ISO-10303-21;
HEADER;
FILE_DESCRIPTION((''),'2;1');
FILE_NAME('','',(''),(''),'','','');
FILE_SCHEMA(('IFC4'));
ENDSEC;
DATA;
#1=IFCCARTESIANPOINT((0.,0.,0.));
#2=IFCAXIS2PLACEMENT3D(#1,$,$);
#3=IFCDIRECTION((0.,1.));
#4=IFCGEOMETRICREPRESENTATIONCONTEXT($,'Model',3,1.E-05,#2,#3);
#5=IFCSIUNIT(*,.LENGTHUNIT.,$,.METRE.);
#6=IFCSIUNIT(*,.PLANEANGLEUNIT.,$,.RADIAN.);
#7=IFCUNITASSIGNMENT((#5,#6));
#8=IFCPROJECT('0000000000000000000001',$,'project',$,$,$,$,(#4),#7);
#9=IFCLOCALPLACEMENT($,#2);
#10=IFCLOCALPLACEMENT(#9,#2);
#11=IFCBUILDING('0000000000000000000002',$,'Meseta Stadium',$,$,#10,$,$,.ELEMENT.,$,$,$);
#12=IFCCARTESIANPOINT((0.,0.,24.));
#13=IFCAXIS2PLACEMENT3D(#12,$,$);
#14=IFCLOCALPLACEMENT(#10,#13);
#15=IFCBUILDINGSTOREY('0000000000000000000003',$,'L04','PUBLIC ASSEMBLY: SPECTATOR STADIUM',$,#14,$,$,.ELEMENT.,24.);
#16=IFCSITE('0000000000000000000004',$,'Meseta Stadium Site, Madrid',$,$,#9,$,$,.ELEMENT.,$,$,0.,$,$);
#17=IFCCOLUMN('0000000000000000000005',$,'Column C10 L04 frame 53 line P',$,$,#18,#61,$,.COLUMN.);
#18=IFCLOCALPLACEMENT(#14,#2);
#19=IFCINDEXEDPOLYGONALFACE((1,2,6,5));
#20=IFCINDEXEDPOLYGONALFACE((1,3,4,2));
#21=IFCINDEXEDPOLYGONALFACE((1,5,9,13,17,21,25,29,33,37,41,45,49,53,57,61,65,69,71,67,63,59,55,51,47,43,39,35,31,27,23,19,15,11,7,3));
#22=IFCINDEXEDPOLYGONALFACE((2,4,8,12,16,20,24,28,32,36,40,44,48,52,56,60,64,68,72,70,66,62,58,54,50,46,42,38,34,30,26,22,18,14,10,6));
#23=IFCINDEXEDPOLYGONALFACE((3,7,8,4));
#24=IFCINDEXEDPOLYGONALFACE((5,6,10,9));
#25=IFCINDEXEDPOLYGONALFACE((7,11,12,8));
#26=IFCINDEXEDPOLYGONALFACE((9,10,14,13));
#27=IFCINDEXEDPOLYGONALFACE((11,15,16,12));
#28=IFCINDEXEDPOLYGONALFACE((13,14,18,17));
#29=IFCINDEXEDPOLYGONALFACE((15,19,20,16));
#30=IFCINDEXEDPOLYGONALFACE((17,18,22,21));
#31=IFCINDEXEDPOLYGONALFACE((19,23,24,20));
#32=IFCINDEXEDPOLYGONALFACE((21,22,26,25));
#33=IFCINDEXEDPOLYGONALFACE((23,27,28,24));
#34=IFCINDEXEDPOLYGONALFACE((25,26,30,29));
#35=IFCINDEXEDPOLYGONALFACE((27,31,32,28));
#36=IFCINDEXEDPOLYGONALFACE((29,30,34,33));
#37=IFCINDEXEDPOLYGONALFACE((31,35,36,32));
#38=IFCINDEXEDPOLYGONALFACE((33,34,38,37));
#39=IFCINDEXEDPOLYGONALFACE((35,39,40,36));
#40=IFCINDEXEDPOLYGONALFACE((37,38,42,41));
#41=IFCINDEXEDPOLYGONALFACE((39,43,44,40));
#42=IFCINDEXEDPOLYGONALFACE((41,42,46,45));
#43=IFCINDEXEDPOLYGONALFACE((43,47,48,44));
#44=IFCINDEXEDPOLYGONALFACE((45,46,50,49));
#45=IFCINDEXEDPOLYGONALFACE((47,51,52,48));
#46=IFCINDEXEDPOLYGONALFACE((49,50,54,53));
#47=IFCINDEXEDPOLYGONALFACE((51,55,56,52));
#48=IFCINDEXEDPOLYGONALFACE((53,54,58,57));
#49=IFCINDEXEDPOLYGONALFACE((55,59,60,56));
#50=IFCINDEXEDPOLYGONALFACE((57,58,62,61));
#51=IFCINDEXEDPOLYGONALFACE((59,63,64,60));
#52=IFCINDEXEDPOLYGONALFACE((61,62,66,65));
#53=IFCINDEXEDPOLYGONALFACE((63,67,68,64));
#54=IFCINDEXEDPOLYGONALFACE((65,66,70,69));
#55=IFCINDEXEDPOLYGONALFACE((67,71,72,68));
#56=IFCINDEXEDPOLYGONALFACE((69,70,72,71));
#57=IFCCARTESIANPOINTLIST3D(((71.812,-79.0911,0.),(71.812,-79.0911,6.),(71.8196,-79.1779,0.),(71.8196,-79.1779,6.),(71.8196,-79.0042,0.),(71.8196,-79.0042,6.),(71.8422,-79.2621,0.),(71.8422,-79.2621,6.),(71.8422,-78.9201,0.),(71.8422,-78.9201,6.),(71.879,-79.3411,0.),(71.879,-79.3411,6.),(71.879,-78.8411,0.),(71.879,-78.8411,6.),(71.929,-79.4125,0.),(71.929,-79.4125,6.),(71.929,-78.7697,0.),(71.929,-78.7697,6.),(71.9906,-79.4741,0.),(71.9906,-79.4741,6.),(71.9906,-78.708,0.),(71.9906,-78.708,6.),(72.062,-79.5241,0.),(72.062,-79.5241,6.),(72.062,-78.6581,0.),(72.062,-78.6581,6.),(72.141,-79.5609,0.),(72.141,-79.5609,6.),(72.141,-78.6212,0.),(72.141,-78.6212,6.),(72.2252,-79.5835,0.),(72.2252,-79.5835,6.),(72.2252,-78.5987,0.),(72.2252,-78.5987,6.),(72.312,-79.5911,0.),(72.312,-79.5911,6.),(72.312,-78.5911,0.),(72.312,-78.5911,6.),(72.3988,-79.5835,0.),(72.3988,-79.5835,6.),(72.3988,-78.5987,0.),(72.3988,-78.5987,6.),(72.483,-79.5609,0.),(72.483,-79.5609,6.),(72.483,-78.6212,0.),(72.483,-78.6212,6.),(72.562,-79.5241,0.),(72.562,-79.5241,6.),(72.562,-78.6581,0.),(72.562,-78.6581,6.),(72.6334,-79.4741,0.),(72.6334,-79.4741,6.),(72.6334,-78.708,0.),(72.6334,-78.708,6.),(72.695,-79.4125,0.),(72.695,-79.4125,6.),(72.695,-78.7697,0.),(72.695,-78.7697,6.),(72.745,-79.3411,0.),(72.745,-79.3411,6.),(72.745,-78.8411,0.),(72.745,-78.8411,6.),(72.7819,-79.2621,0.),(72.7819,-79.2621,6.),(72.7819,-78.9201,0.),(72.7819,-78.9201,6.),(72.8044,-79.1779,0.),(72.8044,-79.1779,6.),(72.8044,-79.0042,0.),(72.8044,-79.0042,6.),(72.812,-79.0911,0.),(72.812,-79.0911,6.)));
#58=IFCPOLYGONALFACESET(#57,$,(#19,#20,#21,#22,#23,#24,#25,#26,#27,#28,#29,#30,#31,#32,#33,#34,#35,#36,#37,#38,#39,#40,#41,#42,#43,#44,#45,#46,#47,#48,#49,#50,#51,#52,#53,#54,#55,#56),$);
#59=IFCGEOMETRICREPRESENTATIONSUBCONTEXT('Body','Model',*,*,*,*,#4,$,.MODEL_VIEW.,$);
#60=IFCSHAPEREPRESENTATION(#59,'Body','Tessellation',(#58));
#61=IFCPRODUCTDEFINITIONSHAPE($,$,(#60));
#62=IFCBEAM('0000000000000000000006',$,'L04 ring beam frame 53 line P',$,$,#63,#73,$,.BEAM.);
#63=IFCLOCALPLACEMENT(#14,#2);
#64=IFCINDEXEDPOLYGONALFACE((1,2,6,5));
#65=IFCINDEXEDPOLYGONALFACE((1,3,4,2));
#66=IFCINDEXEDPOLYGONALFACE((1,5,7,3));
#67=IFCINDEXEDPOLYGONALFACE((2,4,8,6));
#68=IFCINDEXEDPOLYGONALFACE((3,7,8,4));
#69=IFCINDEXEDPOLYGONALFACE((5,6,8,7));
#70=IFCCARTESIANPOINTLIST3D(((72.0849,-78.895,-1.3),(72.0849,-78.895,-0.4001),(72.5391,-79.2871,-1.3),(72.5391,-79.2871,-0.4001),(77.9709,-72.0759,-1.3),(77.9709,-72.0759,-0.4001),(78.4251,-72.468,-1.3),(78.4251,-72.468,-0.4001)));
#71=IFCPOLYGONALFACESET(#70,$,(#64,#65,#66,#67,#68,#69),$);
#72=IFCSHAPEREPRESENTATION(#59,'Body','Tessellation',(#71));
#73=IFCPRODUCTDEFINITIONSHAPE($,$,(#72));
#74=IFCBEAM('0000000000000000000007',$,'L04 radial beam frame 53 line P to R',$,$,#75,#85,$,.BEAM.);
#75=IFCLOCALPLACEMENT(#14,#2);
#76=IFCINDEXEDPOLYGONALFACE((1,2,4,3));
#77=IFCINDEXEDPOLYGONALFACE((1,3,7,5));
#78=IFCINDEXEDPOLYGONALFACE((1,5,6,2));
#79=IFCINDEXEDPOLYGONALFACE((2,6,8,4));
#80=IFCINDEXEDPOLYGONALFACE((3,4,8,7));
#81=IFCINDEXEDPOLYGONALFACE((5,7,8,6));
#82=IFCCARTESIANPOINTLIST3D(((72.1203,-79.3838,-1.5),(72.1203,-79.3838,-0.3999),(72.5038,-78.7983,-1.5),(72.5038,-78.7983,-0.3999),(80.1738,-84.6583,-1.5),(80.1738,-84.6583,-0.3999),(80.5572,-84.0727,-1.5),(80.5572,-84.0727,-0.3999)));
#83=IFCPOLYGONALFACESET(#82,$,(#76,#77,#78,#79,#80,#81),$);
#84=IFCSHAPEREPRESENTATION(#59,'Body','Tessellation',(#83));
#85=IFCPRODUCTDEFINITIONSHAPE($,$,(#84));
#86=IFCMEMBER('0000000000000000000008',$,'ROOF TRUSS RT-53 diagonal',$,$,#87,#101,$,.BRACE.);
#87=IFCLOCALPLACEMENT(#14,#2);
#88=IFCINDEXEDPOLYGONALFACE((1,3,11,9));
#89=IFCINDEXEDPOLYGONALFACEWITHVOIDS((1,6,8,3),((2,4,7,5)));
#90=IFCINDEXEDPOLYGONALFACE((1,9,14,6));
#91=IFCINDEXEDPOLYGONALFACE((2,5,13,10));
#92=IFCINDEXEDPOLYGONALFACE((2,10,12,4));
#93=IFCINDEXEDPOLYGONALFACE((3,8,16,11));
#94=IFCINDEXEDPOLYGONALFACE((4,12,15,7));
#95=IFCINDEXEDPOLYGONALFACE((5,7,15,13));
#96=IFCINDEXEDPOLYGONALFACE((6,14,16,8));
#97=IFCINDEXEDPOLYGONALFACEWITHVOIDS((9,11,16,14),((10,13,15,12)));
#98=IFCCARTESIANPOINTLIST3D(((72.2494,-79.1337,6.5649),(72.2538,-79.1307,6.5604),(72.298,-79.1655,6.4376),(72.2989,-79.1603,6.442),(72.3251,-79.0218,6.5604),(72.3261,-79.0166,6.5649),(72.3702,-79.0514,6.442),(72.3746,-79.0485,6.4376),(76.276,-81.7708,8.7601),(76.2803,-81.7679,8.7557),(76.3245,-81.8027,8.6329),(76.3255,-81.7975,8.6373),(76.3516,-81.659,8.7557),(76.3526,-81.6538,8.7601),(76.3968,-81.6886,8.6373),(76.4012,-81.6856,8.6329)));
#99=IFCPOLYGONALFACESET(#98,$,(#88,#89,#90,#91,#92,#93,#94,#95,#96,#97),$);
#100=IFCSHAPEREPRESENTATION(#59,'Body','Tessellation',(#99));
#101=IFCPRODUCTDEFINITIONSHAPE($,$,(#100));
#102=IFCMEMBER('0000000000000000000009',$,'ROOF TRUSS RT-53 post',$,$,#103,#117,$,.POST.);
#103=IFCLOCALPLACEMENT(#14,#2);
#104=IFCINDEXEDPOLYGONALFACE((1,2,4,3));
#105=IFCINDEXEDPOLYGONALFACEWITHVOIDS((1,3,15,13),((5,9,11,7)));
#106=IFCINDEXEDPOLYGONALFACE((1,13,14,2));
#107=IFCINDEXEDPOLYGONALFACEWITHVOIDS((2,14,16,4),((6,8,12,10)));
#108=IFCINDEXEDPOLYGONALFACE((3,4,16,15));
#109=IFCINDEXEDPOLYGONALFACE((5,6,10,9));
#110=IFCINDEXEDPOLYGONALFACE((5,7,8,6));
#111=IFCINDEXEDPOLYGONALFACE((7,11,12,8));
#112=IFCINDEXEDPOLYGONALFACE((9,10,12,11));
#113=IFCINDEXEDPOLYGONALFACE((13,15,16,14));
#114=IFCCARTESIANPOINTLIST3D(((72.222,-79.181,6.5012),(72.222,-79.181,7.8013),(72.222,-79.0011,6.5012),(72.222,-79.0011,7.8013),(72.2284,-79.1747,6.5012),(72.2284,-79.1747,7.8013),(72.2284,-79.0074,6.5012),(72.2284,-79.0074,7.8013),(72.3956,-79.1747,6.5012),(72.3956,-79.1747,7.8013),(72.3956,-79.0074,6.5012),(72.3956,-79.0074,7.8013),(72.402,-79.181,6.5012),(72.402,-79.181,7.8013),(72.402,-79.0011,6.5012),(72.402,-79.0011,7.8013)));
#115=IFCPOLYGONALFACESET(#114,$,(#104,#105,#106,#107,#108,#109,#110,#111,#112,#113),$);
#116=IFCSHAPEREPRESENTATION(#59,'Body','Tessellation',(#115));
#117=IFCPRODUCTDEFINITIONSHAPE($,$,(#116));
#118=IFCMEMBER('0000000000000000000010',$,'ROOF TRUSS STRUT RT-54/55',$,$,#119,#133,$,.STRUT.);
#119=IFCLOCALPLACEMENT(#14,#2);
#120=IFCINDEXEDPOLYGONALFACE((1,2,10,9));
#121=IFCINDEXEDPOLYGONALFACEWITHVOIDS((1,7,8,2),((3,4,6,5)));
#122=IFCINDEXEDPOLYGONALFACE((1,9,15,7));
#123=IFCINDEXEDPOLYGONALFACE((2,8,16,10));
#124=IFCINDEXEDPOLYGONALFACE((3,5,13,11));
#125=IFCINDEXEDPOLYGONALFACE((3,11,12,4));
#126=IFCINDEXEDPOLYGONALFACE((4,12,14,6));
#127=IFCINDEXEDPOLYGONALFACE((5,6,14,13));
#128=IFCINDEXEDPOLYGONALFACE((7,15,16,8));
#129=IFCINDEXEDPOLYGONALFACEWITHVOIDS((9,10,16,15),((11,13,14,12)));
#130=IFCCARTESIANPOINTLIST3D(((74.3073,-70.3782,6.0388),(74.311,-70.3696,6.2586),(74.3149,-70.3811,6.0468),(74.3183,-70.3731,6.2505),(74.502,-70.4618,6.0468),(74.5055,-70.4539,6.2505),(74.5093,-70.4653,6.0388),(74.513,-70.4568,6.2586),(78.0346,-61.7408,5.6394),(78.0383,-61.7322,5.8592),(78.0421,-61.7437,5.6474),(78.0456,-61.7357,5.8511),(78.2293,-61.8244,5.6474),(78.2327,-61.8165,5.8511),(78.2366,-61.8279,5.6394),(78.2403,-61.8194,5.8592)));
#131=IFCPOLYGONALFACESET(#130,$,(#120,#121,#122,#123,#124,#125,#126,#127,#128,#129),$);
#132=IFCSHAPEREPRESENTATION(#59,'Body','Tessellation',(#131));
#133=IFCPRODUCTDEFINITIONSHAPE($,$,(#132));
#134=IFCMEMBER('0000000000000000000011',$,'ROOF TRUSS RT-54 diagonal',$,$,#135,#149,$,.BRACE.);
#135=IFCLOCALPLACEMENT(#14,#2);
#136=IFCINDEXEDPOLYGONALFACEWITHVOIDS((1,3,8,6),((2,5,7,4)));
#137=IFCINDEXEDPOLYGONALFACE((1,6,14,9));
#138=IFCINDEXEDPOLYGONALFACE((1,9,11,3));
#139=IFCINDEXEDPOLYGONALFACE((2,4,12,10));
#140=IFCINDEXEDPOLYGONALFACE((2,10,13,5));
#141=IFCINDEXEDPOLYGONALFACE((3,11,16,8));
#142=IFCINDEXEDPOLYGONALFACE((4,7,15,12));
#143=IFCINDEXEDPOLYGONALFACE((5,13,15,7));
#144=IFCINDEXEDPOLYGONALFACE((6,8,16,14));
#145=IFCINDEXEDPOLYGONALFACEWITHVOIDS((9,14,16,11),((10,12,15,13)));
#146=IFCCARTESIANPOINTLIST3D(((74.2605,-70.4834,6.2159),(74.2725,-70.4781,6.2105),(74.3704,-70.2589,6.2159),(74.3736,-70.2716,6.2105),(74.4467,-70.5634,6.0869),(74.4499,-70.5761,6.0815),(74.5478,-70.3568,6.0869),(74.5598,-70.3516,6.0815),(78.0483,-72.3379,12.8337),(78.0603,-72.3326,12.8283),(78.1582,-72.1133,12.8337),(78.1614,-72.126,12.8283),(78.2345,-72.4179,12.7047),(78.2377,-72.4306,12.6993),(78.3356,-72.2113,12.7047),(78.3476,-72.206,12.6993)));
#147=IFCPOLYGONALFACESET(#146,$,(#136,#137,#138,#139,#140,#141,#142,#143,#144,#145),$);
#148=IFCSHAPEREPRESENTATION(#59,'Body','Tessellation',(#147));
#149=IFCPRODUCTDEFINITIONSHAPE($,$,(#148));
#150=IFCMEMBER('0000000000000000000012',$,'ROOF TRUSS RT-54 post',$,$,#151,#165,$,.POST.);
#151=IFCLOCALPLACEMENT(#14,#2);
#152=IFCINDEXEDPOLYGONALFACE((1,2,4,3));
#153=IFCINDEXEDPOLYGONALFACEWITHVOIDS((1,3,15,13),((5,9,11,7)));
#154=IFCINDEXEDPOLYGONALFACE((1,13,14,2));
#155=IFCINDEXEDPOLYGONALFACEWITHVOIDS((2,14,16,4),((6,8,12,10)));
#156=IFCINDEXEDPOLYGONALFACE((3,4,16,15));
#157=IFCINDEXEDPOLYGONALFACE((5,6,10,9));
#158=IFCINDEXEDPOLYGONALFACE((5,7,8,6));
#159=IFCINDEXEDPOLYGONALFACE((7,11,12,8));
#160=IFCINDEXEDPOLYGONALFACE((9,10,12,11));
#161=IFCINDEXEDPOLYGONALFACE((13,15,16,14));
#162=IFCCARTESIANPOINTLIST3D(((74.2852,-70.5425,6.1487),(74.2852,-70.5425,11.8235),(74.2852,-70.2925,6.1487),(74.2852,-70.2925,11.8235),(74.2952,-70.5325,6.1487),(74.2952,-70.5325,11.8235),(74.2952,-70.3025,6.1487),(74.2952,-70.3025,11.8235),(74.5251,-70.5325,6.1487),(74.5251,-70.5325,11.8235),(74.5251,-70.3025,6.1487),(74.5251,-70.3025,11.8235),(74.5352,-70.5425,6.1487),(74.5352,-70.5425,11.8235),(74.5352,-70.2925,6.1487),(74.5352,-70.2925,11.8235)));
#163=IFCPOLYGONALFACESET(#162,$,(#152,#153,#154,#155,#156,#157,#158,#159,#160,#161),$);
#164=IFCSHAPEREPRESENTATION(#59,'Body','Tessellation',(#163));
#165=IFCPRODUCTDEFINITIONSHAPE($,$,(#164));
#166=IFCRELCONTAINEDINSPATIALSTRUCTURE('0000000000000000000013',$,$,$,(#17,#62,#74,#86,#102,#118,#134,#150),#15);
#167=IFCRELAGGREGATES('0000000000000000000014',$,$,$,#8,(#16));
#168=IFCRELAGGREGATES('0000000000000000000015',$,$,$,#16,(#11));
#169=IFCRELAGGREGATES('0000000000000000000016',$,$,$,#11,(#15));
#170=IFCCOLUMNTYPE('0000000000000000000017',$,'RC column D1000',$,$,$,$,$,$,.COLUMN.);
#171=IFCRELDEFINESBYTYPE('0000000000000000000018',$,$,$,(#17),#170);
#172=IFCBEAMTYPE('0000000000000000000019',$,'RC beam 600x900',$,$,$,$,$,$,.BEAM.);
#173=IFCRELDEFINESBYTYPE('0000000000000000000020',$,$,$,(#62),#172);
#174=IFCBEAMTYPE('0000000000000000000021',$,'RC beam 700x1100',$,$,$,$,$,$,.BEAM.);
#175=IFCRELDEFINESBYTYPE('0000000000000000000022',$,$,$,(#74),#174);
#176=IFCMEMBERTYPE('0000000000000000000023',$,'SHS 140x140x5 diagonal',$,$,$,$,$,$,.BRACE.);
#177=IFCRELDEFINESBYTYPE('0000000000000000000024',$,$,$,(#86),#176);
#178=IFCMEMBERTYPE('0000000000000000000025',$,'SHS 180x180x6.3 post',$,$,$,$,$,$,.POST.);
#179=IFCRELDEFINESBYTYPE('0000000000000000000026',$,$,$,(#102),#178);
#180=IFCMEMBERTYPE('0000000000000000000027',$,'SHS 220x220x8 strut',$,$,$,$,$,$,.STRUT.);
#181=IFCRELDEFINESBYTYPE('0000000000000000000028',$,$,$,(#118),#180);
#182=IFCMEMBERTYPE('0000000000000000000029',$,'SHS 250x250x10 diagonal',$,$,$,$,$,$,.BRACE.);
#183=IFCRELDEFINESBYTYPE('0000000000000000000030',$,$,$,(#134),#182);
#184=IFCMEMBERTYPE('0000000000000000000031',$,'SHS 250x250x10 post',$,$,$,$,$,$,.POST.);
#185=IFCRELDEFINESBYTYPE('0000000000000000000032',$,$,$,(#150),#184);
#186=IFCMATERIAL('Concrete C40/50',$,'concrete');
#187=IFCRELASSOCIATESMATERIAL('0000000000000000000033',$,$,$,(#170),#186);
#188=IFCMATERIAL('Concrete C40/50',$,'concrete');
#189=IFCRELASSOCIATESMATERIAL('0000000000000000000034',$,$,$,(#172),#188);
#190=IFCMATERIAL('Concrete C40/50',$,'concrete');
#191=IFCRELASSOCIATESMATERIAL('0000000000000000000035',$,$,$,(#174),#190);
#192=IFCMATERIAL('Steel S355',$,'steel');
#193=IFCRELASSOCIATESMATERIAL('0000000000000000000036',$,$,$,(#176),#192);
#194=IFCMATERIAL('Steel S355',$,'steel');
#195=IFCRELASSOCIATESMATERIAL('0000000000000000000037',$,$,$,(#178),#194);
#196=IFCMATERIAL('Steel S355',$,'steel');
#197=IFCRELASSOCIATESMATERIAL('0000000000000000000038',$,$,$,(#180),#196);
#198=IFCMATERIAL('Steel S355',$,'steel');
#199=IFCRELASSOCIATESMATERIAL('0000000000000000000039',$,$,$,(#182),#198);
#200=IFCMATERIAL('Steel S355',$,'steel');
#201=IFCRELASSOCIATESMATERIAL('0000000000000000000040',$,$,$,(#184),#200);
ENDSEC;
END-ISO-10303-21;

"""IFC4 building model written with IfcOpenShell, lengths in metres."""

from ifc_helpers import new_model, si_unit, direction, frame, origin, origin_2d, place, context, subcontext, project, spatial, rectangle, hollow_rectangle, circle, extrude, material, material_profile, profile_set, type_object, element, save


model = new_model("IFC4")

# Units and contexts
model_context = context("Model", 3, precision=1e-05, world=origin(), true_north=direction((0.0, 1.0)))
body_context = subcontext(model_context, "Body", "Model", "MODEL_VIEW")
ifc_project = project(units=[si_unit("LENGTHUNIT", "METRE"), si_unit("PLANEANGLEUNIT", "RADIAN")], contexts=[model_context])

# Site, building, storey
site_placement = place(None, origin())
site = spatial("IfcSite", under=ifc_project, at=site_placement, Name="Meseta Stadium Site, Madrid", CompositionType="ELEMENT", RefElevation=0.0)
building_placement = place(site_placement, origin())
building = spatial("IfcBuilding", under=site, at=building_placement, Name="Meseta Stadium", CompositionType="ELEMENT")
storey_placement = place(building_placement, frame((0.0, 0.0, 24.0)))
storey = spatial("IfcBuildingStorey", under=building, at=storey_placement, Name="L04", Description="PUBLIC ASSEMBLY: SPECTATOR STADIUM", CompositionType="ELEMENT", Elevation=24.0)

# Column
ifc_material_1 = material(Name="Concrete C40/50", Category="concrete")
ifc_material_profile_1 = material_profile(ifc_material_1, circle(Radius=0.5, at=origin_2d()), Name="RC D1000")
ifc_profile_set_1 = profile_set([ifc_material_profile_1], Name="Concrete C40/50")
column_type = type_object("IfcColumnType", Name="RC column D1000", PredefinedType="COLUMN", material=ifc_profile_set_1)
column_placement = place(storey_placement, frame((72.312, -79.0911, 0.0), z_axis=(0.0, 0.0, 1.0), x_axis=(1.0, 0.0, 0.0)))
element("IfcColumn", 1, at=column_placement, inside=storey, type_object=column_type, Name="Column C10 L04 frame 53 line P", PredefinedType="COLUMN", context=body_context, shape_type="SweptSolid", body=[
    extrude(circle(Radius=0.5, at=origin_2d()), origin(), (0.0, 0.0, 1.0), 6.0),
])

# Beams
ifc_material_2 = material(Name="Concrete C40/50", Category="concrete")
ifc_material_profile_2 = material_profile(ifc_material_2, rectangle(XDim=0.6001, YDim=0.8999, at=origin_2d()), Name="RC 600x900")
ifc_profile_set_2 = profile_set([ifc_material_profile_2], Name="Concrete C40/50")
beam_type_1 = type_object("IfcBeamType", Name="RC beam 600x900", PredefinedType="BEAM", material=ifc_profile_set_2)
beam_1_placement = place(storey_placement, frame((72.312, -79.0911, -0.8501), z_axis=(0.653415, 0.757, 0.0), x_axis=(-0.757, 0.653415, 0.0)))
element("IfcBeam", 2, at=beam_1_placement, inside=storey, type_object=beam_type_1, Name="L04 ring beam frame 53 line P", PredefinedType="BEAM", context=body_context, shape_type="SweptSolid", body=[
    extrude(rectangle(XDim=0.6001, YDim=0.8999, at=origin_2d()), origin(), (0.0, 0.0, 1.0), 9.0081),
])
ifc_material_3 = material(Name="Concrete C40/50", Category="concrete")
ifc_material_profile_3 = material_profile(ifc_material_3, rectangle(XDim=0.7, YDim=1.1001, at=origin_2d()), Name="RC 700x1100")
ifc_profile_set_3 = profile_set([ifc_material_profile_3], Name="Concrete C40/50")
beam_type_2 = type_object("IfcBeamType", Name="RC beam 700x1100", PredefinedType="BEAM", material=ifc_profile_set_3)
beam_2_placement = place(storey_placement, frame((72.312, -79.0911, -0.95), z_axis=(0.836556, -0.547881, 0.0), x_axis=(0.547881, 0.836556, 0.0)))
element("IfcBeam", 3, at=beam_2_placement, inside=storey, type_object=beam_type_2, Name="L04 radial beam frame 53 line P to R", PredefinedType="BEAM", context=body_context, shape_type="SweptSolid", body=[
    extrude(rectangle(XDim=0.7, YDim=1.1001, at=origin_2d()), origin(), (0.0, 0.0, 1.0), 9.627),
])

# Members
ifc_material_4 = material(Name="Steel S355", Category="steel")
ifc_material_profile_4 = material_profile(ifc_material_4, hollow_rectangle(XDim=0.1399, YDim=0.1399, WallThickness=0.0049, at=origin_2d()), Name="SHS 140x140x5")
ifc_profile_set_4 = profile_set([ifc_material_profile_4], Name="Steel S355")
member_type_1 = type_object("IfcMemberType", Name="SHS 140x140x5 diagonal", PredefinedType="BRACE", material=ifc_profile_set_4)
member_1_placement = place(storey_placement, frame((72.312, -79.0911, 6.5012), z_axis=(0.761123, -0.498493, 0.414965), x_axis=(0.547893, 0.836549, 0.0)))
element("IfcMember", 4, at=member_1_placement, inside=storey, type_object=member_type_1, Name="ROOF TRUSS RT-53 diagonal", PredefinedType="BRACE", context=body_context, shape_type="SweptSolid", body=[
    extrude(hollow_rectangle(XDim=0.1399, YDim=0.1399, WallThickness=0.0049, at=origin_2d()), origin(), (0.0, 0.0, 1.0), 5.2903),
])
ifc_material_5 = material(Name="Steel S355", Category="steel")
ifc_material_profile_5 = material_profile(ifc_material_5, hollow_rectangle(XDim=0.1799, YDim=0.1799, WallThickness=0.0063, at=origin_2d()), Name="SHS 180x180x6.3")
ifc_profile_set_5 = profile_set([ifc_material_profile_5], Name="Steel S355")
member_type_2 = type_object("IfcMemberType", Name="SHS 180x180x6.3 post", PredefinedType="POST", material=ifc_profile_set_5)
member_2_placement = place(storey_placement, frame((72.312, -79.0911, 6.5012), z_axis=(0.0, 0.0, 1.0), x_axis=(1.0, 0.0, 0.0)))
element("IfcMember", 5, at=member_2_placement, inside=storey, type_object=member_type_2, Name="ROOF TRUSS RT-53 post", PredefinedType="POST", context=body_context, shape_type="SweptSolid", body=[
    extrude(hollow_rectangle(XDim=0.1799, YDim=0.1799, WallThickness=0.0063, at=origin_2d()), origin(), (0.0, 0.0, 1.0), 1.3),
])
ifc_material_6 = material(Name="Steel S355", Category="steel")
ifc_material_profile_6 = material_profile(ifc_material_6, hollow_rectangle(XDim=0.22, YDim=0.22, WallThickness=0.0081, at=origin_2d()), Name="SHS 220x220x8")
ifc_profile_set_6 = profile_set([ifc_material_profile_6], Name="Steel S355")
member_type_3 = type_object("IfcMemberType", Name="SHS 220x220x8 strut", PredefinedType="STRUT", material=ifc_profile_set_6)
member_3_placement = place(storey_placement, frame((74.4102, -70.4175, 6.1487), z_axis=(0.395854, 0.917333, -0.042419), x_axis=(-0.91816, 0.396211, 0.0)))
element("IfcMember", 6, at=member_3_placement, inside=storey, type_object=member_type_3, Name="ROOF TRUSS STRUT RT-54/55", PredefinedType="STRUT", context=body_context, shape_type="SweptSolid", body=[
    extrude(hollow_rectangle(XDim=0.22, YDim=0.22, WallThickness=0.0081, at=origin_2d()), origin(), (0.0, 0.0, 1.0), 9.4158),
])
ifc_material_7 = material(Name="Steel S355", Category="steel")
ifc_material_profile_7 = material_profile(ifc_material_7, hollow_rectangle(XDim=0.25, YDim=0.25, WallThickness=0.01, at=origin_2d()), Name="SHS 250x250x10")
ifc_profile_set_7 = profile_set([ifc_material_profile_7], Name="Steel S355")
member_type_4 = type_object("IfcMemberType", Name="SHS 250x250x10 diagonal", PredefinedType="BRACE", material=ifc_profile_set_7)
member_4_placement = place(storey_placement, frame((74.4102, -70.4175, 6.1487), z_axis=(0.482679, -0.236315, 0.843312), x_axis=(0.439719, 0.898135, 0.0)))
element("IfcMember", 7, at=member_4_placement, inside=storey, type_object=member_type_4, Name="ROOF TRUSS RT-54 diagonal", PredefinedType="BRACE", context=body_context, shape_type="SweptSolid", body=[
    extrude(hollow_rectangle(XDim=0.25, YDim=0.25, WallThickness=0.01, at=origin_2d()), origin(), (0.0, 0.0, 1.0), 7.8474),
])
ifc_material_8 = material(Name="Steel S355", Category="steel")
ifc_material_profile_8 = material_profile(ifc_material_8, hollow_rectangle(XDim=0.25, YDim=0.25, WallThickness=0.01, at=origin_2d()), Name="SHS 250x250x10")
ifc_profile_set_8 = profile_set([ifc_material_profile_8], Name="Steel S355")
member_type_5 = type_object("IfcMemberType", Name="SHS 250x250x10 post", PredefinedType="POST", material=ifc_profile_set_8)
member_5_placement = place(storey_placement, frame((74.4102, -70.4175, 6.1487), z_axis=(0.0, 0.0, 1.0), x_axis=(1.0, 0.0, 0.0)))
element("IfcMember", 8, at=member_5_placement, inside=storey, type_object=member_type_5, Name="ROOF TRUSS RT-54 post", PredefinedType="POST", context=body_context, shape_type="SweptSolid", body=[
    extrude(hollow_rectangle(XDim=0.25, YDim=0.25, WallThickness=0.01, at=origin_2d()), origin(), (0.0, 0.0, 1.0), 5.6748),
])

save(model, "model.ifc")
